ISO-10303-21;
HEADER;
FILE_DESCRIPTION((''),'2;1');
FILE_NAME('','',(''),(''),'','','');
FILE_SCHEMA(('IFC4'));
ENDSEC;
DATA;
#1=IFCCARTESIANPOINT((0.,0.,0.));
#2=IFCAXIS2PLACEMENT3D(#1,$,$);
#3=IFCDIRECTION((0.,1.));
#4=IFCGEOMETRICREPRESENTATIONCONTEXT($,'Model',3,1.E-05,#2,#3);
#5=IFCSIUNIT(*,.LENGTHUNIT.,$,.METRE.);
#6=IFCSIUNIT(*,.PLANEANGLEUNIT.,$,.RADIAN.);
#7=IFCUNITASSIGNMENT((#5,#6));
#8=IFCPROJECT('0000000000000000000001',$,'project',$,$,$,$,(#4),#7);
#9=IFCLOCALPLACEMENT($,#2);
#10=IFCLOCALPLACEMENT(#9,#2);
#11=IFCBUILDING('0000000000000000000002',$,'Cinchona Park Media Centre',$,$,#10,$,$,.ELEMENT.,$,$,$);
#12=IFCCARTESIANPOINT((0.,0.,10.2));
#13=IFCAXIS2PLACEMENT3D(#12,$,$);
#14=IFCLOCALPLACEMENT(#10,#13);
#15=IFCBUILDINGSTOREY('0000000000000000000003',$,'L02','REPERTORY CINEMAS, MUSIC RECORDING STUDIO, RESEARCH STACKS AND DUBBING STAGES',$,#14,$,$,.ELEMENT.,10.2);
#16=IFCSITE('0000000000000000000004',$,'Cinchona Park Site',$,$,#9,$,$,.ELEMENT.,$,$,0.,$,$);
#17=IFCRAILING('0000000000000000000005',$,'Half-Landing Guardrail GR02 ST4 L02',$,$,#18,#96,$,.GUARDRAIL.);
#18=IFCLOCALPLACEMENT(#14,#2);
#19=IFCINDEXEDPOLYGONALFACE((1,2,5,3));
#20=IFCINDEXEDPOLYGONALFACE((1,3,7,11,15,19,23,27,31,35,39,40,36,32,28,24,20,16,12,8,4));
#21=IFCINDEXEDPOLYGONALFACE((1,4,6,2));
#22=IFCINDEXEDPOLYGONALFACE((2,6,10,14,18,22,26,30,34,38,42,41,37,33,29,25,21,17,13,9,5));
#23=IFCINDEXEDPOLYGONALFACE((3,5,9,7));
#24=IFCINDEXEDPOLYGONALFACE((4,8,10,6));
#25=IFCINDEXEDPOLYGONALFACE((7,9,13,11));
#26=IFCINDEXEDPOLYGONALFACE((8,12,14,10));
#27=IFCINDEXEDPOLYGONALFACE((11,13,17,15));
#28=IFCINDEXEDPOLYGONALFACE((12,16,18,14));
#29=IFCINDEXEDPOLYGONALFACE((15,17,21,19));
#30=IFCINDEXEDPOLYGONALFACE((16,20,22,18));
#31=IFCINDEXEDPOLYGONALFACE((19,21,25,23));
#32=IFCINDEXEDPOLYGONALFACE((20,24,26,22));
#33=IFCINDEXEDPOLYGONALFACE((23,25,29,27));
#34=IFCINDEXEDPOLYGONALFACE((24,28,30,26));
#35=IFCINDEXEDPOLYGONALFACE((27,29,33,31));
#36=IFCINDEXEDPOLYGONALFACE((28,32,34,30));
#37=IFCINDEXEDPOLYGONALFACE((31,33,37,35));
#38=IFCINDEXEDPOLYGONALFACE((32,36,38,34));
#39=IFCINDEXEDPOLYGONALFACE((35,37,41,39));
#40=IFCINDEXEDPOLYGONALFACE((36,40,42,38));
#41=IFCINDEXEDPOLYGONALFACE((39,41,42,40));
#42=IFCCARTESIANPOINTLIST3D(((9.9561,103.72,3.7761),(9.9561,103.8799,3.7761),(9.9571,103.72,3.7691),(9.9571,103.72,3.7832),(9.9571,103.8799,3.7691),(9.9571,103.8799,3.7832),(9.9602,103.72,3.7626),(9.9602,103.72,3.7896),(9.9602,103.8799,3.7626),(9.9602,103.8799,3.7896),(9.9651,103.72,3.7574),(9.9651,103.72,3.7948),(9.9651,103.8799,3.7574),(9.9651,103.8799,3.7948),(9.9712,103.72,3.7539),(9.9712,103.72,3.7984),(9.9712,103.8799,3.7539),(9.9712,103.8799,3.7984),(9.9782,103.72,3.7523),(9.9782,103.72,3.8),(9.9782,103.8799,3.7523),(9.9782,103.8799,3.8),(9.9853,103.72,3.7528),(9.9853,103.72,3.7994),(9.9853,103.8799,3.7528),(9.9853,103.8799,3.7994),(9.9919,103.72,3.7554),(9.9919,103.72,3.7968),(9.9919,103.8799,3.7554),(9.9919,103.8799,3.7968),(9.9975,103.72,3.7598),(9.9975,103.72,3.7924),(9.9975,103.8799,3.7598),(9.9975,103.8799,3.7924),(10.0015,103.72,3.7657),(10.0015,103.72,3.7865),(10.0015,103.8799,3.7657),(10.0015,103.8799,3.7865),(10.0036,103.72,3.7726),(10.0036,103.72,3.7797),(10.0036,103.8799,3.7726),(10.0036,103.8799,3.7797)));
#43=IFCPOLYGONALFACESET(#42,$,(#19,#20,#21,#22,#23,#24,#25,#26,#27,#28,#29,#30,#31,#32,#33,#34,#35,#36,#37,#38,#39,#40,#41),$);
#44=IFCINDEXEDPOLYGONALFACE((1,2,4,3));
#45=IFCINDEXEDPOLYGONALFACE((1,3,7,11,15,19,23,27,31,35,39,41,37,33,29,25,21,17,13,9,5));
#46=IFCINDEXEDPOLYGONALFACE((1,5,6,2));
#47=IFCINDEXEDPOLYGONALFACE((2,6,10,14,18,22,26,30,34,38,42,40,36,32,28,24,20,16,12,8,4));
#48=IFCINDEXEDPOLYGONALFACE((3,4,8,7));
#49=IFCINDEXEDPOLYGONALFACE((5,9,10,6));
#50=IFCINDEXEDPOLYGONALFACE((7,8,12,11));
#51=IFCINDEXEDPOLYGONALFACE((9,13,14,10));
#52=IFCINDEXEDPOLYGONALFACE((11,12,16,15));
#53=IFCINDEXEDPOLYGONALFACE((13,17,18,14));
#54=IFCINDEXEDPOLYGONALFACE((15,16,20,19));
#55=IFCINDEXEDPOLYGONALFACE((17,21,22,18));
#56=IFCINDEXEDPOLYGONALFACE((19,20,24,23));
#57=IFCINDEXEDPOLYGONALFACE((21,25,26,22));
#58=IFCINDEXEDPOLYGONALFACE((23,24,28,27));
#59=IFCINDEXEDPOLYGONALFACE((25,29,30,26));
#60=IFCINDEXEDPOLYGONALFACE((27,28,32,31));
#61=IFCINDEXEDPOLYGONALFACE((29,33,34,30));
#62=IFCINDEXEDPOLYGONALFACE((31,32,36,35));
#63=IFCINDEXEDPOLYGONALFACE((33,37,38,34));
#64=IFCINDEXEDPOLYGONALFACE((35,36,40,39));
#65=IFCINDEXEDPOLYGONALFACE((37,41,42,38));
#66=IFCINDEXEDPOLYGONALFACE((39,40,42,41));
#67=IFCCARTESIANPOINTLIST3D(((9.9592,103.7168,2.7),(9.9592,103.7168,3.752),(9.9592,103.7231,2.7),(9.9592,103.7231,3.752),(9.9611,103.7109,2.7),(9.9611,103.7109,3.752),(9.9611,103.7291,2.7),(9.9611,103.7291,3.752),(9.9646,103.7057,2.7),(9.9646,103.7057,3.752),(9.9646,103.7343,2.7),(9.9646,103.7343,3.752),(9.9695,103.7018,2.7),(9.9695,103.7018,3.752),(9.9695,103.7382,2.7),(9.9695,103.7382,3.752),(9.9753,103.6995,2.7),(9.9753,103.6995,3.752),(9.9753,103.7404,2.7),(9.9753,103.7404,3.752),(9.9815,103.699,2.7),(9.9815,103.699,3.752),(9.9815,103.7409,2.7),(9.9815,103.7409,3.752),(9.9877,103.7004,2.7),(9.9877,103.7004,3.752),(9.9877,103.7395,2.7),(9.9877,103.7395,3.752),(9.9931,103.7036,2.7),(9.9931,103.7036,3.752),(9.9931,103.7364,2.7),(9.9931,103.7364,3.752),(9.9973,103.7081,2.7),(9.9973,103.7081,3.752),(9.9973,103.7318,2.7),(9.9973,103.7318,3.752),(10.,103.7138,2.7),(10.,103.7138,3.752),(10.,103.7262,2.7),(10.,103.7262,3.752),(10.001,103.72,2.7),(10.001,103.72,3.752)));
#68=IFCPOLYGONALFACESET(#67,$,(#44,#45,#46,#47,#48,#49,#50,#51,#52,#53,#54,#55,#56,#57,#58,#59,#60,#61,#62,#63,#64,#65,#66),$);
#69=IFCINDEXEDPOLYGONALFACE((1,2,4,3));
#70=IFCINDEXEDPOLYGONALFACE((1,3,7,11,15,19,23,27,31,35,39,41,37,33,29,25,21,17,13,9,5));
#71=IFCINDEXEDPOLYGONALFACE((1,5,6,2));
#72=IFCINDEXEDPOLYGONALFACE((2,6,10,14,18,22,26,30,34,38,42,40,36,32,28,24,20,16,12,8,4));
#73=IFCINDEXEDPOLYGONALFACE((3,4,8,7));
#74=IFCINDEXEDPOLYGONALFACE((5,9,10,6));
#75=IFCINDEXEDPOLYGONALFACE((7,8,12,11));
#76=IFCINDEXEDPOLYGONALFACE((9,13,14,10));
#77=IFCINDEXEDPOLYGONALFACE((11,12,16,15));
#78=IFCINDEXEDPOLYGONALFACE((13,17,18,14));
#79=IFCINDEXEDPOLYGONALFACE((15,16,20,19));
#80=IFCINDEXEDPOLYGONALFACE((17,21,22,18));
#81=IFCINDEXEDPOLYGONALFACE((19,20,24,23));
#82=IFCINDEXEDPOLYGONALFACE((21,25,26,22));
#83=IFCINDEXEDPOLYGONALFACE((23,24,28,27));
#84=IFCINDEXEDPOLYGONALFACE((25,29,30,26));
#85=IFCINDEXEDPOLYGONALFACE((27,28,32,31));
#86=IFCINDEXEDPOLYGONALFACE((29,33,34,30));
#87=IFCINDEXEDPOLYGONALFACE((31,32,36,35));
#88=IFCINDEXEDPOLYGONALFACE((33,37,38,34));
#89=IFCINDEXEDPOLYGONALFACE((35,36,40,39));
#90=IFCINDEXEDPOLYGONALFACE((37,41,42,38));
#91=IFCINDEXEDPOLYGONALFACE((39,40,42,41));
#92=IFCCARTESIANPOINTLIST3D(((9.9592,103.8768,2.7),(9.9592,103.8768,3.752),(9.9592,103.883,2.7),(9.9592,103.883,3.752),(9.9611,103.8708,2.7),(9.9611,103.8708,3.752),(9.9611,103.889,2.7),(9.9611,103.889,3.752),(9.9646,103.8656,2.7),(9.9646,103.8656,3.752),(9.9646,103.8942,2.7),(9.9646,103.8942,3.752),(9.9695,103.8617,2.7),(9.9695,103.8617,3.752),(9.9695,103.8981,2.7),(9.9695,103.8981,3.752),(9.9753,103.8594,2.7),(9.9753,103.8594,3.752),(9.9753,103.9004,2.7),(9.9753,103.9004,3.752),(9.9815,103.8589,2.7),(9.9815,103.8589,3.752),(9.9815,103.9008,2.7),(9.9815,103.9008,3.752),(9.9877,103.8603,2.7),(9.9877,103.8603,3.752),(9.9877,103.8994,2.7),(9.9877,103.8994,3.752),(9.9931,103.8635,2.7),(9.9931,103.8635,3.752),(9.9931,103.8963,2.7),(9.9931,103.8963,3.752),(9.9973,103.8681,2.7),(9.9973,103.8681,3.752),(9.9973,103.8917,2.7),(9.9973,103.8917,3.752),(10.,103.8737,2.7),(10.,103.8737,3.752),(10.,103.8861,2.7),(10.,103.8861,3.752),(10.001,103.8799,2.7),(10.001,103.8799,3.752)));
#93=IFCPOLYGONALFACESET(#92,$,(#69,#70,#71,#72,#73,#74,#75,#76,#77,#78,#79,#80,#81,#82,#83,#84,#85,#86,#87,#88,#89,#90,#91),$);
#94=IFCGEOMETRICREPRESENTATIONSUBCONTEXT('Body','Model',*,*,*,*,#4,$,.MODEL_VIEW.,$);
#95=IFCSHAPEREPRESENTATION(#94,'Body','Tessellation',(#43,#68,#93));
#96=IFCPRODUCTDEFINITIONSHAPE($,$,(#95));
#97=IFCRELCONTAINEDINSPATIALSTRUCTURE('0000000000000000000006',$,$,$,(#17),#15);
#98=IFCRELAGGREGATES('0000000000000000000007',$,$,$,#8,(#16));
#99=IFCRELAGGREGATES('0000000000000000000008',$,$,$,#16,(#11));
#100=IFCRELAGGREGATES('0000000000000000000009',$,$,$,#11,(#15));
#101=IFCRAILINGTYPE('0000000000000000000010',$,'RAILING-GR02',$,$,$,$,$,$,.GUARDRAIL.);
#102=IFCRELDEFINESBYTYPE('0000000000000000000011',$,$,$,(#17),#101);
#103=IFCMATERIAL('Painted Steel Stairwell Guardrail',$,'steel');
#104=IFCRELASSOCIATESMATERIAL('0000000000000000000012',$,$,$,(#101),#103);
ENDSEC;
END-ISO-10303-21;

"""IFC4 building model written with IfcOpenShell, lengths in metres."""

from ifc_helpers import new_model, si_unit, direction, frame, origin, origin_2d, place, context, subcontext, project, spatial, circle, extrude, material, type_object, element, save


model = new_model("IFC4")

# Units and contexts
model_context = context("Model", 3, precision=1e-05, world=origin(), true_north=direction((0.0, 1.0)))
body_context = subcontext(model_context, "Body", "Model", "MODEL_VIEW")
ifc_project = project(units=[si_unit("LENGTHUNIT", "METRE"), si_unit("PLANEANGLEUNIT", "RADIAN")], contexts=[model_context])

# Site, building, storey
site_placement = place(None, origin())
site = spatial("IfcSite", under=ifc_project, at=site_placement, Name="Cinchona Park Site", CompositionType="ELEMENT", RefElevation=0.0)
building_placement = place(site_placement, origin())
building = spatial("IfcBuilding", under=site, at=building_placement, Name="Cinchona Park Media Centre", CompositionType="ELEMENT")
storey_placement = place(building_placement, frame((0.0, 0.0, 10.2)))
storey = spatial("IfcBuildingStorey", under=building, at=storey_placement, Name="L02", Description="REPERTORY CINEMAS, MUSIC RECORDING STUDIO, RESEARCH STACKS AND DUBBING STAGES", CompositionType="ELEMENT", Elevation=10.2)

# Railing
ifc_material_1 = material(Name="Painted Steel Stairwell Guardrail", Category="steel")
railing_type_1 = type_object("IfcRailingType", Name="RAILING-GR02", PredefinedType="GUARDRAIL", material=ifc_material_1)
for number, where, name in (
    (1, (9.98, 103.72, 2.7), "Half-Landing Guardrail GR02 ST4 L02"),
):
    element("IfcRailing", number, at=place(storey_placement, frame(where)), inside=storey, type_object=railing_type_1, Name=name, PredefinedType="GUARDRAIL", context=body_context, shape_type="SweptSolid", body=[
        extrude(circle(Radius=0.0239, at=origin_2d()), frame((0.0, 0.0, 1.0762), z_axis=(0.0, 1.0, 0.0), x_axis=(-1.0, 0.0, 0.0)), (0.0, 0.0, 1.0), 0.1599),
        extrude(circle(Radius=0.021, at=origin_2d()), origin(), (0.0, 0.0, 1.0), 1.052),
        extrude(circle(Radius=0.021, at=origin_2d()), frame((0.0, 0.1599, 0.0)), (0.0, 0.0, 1.0), 1.052),
    ])

save(model, "model.ifc")
